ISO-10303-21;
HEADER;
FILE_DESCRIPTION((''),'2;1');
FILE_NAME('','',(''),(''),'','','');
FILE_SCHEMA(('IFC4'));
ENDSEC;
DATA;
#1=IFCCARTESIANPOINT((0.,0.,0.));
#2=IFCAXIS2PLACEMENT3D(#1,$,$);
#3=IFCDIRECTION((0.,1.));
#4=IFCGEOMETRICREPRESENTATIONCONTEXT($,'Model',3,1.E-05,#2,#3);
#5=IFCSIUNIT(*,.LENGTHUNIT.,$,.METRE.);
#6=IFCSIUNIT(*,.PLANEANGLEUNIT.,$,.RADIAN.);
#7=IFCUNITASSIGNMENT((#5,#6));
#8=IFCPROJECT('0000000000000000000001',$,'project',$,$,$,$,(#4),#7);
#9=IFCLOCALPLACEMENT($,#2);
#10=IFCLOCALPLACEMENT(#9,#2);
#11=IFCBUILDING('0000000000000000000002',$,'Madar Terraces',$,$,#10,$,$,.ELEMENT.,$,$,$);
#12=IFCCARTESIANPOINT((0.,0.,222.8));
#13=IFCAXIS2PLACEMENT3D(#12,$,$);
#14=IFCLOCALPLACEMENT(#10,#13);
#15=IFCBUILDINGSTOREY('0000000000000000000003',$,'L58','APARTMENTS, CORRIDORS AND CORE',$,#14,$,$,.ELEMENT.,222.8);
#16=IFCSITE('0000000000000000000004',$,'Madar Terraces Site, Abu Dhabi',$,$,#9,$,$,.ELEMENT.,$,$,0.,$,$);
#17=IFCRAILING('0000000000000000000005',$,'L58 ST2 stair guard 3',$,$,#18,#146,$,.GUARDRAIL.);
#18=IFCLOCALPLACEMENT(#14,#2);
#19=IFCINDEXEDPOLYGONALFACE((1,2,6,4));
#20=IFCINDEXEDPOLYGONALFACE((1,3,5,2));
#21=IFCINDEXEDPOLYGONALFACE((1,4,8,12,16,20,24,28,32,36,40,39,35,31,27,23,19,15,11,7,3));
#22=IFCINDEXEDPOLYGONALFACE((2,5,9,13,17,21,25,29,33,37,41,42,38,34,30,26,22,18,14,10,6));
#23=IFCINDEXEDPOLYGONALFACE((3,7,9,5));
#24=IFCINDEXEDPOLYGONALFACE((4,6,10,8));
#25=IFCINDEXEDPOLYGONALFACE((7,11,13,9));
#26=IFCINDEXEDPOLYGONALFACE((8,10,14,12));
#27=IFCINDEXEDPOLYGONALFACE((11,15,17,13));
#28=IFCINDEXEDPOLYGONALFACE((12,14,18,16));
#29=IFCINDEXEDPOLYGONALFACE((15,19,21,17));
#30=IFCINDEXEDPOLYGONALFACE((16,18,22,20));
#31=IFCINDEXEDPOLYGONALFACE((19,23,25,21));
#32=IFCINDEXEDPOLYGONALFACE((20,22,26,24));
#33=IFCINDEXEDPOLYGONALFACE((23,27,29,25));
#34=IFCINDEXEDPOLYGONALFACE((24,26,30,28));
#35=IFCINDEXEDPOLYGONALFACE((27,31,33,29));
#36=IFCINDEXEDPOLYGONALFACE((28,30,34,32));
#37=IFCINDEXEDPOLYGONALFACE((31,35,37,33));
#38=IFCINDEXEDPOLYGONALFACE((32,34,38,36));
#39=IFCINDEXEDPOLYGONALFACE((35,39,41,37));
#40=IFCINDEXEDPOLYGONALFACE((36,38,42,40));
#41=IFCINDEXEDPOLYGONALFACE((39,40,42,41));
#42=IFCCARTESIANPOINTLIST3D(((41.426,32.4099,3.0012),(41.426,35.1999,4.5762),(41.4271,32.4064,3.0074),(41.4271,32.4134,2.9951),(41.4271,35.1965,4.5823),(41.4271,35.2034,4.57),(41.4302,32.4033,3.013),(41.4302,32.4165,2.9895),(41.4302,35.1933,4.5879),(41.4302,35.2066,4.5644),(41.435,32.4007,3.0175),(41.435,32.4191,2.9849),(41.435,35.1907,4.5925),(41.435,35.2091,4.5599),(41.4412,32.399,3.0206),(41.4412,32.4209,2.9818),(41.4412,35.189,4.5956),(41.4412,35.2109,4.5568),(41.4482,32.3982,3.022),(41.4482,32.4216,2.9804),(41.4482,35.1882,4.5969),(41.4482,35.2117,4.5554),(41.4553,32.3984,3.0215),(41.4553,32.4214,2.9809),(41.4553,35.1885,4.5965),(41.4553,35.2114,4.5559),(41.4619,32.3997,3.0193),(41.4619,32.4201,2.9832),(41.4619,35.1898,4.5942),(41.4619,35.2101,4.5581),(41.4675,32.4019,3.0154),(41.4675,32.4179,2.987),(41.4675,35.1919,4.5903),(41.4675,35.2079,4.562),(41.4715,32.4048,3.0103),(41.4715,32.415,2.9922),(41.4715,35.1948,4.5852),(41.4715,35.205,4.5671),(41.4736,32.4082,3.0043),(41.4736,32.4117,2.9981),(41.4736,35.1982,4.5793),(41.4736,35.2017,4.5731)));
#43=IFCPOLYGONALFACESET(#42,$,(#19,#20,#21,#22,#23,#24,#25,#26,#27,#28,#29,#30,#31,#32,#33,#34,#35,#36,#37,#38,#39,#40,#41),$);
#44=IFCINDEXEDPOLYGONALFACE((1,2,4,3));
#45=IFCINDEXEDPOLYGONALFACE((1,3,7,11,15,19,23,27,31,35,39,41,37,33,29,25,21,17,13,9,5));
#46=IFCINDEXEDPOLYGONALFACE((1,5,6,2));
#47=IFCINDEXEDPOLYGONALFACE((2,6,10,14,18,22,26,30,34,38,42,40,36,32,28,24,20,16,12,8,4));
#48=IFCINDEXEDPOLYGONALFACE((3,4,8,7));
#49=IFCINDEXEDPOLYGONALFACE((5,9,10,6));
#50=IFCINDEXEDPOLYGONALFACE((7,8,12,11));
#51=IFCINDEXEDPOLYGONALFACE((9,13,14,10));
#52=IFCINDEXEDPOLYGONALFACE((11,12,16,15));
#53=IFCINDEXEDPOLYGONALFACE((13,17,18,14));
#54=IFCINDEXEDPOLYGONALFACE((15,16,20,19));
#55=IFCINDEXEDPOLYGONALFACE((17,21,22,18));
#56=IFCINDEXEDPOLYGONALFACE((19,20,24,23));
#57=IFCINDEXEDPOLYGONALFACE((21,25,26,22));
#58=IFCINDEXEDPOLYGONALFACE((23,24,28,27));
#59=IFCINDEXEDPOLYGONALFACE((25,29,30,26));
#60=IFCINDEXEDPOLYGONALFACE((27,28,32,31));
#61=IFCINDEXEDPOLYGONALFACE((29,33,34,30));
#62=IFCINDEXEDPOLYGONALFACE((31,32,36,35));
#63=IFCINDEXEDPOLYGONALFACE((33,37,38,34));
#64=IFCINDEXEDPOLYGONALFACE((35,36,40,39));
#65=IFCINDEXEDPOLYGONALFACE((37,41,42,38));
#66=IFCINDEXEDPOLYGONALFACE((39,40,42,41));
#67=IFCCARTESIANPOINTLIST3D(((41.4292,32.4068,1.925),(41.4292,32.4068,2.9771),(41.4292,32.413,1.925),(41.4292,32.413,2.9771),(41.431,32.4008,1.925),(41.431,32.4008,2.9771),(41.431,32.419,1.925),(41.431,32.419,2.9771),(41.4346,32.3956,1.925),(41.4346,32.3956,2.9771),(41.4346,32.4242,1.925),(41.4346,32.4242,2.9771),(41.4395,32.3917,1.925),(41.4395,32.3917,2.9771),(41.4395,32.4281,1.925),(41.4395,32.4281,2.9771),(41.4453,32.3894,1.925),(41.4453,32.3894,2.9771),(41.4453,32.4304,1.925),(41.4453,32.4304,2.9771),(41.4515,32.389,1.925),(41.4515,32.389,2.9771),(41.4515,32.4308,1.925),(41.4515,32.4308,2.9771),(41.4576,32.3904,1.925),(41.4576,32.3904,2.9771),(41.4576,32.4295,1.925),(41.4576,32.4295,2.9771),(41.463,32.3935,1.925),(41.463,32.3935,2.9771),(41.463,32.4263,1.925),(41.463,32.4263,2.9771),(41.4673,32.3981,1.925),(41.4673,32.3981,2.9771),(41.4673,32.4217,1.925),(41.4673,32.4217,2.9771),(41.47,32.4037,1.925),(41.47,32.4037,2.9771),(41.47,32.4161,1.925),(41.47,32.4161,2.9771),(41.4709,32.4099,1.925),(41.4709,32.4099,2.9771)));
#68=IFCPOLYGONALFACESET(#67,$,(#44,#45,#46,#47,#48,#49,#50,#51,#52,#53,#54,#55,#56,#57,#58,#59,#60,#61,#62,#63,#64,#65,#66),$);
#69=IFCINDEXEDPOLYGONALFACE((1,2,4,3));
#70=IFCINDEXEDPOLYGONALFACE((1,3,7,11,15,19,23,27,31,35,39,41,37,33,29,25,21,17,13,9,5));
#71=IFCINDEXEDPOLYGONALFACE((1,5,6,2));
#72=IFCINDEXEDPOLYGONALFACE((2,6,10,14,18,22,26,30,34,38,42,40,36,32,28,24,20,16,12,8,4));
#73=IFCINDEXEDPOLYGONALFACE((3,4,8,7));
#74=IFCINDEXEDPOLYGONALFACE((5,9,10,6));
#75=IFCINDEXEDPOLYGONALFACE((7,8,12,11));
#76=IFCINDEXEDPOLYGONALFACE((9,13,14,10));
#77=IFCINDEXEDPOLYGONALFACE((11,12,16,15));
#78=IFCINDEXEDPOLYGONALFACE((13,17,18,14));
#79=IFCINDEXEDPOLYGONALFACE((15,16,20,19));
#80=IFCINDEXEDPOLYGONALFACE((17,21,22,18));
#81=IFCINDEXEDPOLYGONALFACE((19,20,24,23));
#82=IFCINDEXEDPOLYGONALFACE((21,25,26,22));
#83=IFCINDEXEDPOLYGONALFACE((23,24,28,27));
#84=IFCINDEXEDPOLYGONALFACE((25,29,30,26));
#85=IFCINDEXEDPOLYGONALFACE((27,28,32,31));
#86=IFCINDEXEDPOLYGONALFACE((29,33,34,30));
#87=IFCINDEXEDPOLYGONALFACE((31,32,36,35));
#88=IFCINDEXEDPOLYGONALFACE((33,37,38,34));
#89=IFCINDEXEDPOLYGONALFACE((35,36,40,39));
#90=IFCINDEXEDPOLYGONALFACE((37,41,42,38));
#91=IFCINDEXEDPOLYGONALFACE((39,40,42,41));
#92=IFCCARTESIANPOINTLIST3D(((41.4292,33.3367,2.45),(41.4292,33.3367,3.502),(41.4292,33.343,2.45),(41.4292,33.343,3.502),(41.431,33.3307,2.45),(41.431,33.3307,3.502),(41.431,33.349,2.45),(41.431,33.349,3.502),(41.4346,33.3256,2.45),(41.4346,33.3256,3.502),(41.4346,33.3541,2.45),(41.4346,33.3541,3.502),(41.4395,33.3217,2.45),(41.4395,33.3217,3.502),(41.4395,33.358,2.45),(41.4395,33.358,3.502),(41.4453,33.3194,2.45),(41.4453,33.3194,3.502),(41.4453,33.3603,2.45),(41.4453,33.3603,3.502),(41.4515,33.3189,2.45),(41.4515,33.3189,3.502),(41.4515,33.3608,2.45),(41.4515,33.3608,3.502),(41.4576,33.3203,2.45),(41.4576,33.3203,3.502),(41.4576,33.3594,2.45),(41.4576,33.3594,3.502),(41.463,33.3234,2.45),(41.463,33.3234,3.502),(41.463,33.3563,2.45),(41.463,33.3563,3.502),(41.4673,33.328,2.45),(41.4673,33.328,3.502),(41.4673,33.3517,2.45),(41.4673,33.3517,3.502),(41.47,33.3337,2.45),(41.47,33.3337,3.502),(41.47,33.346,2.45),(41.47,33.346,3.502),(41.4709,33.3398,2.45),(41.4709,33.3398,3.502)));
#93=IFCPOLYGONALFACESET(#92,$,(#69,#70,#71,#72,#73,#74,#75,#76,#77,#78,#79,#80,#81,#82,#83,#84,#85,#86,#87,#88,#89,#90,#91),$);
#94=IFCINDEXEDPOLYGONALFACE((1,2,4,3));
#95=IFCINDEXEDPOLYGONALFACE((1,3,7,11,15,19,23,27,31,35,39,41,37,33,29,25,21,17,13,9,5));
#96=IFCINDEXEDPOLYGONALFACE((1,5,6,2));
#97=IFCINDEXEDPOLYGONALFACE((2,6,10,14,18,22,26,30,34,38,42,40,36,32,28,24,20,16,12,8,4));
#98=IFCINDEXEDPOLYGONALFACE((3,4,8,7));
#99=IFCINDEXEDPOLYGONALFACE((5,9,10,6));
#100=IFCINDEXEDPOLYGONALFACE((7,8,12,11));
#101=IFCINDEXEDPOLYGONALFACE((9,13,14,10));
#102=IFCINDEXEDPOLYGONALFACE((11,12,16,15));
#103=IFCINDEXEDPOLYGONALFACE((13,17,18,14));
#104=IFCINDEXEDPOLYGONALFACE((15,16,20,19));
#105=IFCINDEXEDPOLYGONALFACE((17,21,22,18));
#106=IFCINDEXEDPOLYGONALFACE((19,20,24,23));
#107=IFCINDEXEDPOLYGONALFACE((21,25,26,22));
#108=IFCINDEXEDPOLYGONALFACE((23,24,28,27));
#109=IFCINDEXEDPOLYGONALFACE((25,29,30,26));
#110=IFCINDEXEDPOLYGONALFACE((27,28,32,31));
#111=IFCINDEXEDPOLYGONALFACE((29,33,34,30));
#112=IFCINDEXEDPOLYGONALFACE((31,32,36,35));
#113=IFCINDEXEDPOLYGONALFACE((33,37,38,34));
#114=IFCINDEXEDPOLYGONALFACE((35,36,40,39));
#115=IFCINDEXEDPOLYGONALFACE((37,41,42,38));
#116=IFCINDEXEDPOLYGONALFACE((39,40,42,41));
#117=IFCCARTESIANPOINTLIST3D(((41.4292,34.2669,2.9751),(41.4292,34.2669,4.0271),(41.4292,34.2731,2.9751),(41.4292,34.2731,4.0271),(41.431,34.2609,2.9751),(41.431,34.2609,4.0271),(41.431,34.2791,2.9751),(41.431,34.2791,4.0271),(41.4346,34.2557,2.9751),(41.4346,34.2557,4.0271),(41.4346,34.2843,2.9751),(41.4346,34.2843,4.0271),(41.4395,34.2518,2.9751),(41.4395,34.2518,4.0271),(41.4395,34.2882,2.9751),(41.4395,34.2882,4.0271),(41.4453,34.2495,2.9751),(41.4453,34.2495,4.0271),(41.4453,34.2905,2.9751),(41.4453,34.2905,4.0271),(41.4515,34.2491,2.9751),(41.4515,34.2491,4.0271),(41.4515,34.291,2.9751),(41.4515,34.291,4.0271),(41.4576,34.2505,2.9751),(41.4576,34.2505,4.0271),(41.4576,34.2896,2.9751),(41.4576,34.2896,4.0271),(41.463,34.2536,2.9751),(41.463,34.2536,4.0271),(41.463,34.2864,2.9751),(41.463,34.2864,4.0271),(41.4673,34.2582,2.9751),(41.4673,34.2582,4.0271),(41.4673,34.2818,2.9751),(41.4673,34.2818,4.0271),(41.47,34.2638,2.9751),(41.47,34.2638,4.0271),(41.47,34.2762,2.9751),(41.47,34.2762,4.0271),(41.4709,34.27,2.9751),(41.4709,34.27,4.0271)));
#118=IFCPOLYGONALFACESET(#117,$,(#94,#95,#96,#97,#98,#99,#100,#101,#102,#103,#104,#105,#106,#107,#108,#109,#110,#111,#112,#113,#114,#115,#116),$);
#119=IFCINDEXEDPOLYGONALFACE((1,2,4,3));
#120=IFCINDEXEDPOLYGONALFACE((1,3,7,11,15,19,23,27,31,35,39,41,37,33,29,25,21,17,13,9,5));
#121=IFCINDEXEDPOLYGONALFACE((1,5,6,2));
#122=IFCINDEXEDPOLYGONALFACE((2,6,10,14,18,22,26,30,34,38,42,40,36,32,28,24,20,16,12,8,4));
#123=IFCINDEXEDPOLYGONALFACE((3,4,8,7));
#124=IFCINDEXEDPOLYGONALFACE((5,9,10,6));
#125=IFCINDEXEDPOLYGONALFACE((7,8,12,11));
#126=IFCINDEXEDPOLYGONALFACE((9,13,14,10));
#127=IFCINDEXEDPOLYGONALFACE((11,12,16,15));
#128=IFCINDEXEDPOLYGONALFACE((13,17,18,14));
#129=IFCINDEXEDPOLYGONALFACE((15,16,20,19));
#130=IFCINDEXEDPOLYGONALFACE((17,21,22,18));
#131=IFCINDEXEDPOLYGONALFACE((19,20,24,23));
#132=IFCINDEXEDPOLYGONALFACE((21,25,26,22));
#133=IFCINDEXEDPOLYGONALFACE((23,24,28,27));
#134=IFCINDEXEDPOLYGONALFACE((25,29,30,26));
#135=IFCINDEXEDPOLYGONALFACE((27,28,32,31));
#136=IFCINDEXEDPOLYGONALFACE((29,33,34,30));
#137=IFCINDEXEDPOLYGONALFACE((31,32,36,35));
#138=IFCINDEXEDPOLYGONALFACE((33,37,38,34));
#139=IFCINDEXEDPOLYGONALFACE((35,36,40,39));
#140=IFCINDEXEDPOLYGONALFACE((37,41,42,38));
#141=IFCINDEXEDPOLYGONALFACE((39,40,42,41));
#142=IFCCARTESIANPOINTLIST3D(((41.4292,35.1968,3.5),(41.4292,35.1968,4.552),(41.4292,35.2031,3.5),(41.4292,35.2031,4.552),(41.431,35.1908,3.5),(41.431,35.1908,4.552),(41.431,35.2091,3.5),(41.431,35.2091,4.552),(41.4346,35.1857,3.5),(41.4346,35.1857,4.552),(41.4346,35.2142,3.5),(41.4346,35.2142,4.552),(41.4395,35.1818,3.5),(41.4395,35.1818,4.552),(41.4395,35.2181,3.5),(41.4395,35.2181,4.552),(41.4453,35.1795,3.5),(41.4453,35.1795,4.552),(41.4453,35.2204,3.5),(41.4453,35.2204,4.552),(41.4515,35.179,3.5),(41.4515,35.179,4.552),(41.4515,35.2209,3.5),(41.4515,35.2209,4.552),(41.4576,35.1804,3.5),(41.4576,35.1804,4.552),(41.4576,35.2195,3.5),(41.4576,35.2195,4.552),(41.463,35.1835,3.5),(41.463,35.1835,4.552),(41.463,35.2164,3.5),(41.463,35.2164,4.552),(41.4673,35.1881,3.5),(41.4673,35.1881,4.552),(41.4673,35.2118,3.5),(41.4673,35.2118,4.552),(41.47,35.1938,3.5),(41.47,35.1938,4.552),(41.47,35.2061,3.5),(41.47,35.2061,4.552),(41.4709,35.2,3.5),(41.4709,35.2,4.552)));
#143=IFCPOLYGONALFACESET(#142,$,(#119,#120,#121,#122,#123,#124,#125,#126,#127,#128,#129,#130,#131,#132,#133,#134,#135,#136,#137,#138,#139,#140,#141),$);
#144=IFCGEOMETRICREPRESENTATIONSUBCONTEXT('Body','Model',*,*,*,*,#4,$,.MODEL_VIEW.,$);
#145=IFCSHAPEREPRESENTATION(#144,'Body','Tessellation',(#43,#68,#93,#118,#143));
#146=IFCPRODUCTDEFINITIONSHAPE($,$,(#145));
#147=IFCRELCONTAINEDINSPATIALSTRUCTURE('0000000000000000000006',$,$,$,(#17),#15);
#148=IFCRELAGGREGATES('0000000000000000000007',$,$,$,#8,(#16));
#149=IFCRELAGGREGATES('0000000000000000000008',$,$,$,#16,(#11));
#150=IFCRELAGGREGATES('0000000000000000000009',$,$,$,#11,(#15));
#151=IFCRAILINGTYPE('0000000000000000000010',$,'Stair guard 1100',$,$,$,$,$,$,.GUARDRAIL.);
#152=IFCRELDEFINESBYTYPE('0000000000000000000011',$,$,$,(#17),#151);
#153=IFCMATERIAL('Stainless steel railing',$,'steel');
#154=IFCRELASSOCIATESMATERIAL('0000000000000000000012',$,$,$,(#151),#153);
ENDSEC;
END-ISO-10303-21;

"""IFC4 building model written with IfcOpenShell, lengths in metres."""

from ifc_helpers import new_model, si_unit, direction, frame, origin, origin_2d, place, context, subcontext, project, spatial, circle, extrude, material, type_object, element, save


model = new_model("IFC4")

# Units and contexts
model_context = context("Model", 3, precision=1e-05, world=origin(), true_north=direction((0.0, 1.0)))
body_context = subcontext(model_context, "Body", "Model", "MODEL_VIEW")
ifc_project = project(units=[si_unit("LENGTHUNIT", "METRE"), si_unit("PLANEANGLEUNIT", "RADIAN")], contexts=[model_context])

# Site, building, storey
site_placement = place(None, origin())
site = spatial("IfcSite", under=ifc_project, at=site_placement, Name="Madar Terraces Site, Abu Dhabi", CompositionType="ELEMENT", RefElevation=0.0)
building_placement = place(site_placement, origin())
building = spatial("IfcBuilding", under=site, at=building_placement, Name="Madar Terraces", CompositionType="ELEMENT")
storey_placement = place(building_placement, frame((0.0, 0.0, 222.8)))
storey = spatial("IfcBuildingStorey", under=building, at=storey_placement, Name="L58", Description="APARTMENTS, CORRIDORS AND CORE", CompositionType="ELEMENT", Elevation=222.8)

# Railing
ifc_material_1 = material(Name="Stainless steel railing", Category="steel")
railing_type_1 = type_object("IfcRailingType", Name="Stair guard 1100", PredefinedType="GUARDRAIL", material=ifc_material_1)
railing_1_placement = place(storey_placement, frame((41.45, 32.4099, 1.925)))
element("IfcRailing", 1, at=railing_1_placement, inside=storey, type_object=railing_type_1, Name="L58 ST2 stair guard 3", PredefinedType="GUARDRAIL", context=body_context, shape_type="SweptSolid", body=[
    extrude(circle(Radius=0.0239, at=origin_2d()), frame((0.0, 0.0, 1.0762), z_axis=(0.0, 0.870834, 0.491578), x_axis=(-1.0, 0.0, 0.0)), (0.0, 0.0, 1.0), 3.2039),
    extrude(circle(Radius=0.021, at=origin_2d()), origin(), (0.0, 0.0, 1.0), 1.052),
    extrude(circle(Radius=0.021, at=origin_2d()), frame((0.0, 0.9299, 0.5249)), (0.0, 0.0, 1.0), 1.052),
    extrude(circle(Radius=0.021, at=origin_2d()), frame((0.0, 1.8601, 1.05)), (0.0, 0.0, 1.0), 1.052),
    extrude(circle(Radius=0.021, at=origin_2d()), frame((0.0, 2.79, 1.575)), (0.0, 0.0, 1.0), 1.052),
])

save(model, "model.ifc")
